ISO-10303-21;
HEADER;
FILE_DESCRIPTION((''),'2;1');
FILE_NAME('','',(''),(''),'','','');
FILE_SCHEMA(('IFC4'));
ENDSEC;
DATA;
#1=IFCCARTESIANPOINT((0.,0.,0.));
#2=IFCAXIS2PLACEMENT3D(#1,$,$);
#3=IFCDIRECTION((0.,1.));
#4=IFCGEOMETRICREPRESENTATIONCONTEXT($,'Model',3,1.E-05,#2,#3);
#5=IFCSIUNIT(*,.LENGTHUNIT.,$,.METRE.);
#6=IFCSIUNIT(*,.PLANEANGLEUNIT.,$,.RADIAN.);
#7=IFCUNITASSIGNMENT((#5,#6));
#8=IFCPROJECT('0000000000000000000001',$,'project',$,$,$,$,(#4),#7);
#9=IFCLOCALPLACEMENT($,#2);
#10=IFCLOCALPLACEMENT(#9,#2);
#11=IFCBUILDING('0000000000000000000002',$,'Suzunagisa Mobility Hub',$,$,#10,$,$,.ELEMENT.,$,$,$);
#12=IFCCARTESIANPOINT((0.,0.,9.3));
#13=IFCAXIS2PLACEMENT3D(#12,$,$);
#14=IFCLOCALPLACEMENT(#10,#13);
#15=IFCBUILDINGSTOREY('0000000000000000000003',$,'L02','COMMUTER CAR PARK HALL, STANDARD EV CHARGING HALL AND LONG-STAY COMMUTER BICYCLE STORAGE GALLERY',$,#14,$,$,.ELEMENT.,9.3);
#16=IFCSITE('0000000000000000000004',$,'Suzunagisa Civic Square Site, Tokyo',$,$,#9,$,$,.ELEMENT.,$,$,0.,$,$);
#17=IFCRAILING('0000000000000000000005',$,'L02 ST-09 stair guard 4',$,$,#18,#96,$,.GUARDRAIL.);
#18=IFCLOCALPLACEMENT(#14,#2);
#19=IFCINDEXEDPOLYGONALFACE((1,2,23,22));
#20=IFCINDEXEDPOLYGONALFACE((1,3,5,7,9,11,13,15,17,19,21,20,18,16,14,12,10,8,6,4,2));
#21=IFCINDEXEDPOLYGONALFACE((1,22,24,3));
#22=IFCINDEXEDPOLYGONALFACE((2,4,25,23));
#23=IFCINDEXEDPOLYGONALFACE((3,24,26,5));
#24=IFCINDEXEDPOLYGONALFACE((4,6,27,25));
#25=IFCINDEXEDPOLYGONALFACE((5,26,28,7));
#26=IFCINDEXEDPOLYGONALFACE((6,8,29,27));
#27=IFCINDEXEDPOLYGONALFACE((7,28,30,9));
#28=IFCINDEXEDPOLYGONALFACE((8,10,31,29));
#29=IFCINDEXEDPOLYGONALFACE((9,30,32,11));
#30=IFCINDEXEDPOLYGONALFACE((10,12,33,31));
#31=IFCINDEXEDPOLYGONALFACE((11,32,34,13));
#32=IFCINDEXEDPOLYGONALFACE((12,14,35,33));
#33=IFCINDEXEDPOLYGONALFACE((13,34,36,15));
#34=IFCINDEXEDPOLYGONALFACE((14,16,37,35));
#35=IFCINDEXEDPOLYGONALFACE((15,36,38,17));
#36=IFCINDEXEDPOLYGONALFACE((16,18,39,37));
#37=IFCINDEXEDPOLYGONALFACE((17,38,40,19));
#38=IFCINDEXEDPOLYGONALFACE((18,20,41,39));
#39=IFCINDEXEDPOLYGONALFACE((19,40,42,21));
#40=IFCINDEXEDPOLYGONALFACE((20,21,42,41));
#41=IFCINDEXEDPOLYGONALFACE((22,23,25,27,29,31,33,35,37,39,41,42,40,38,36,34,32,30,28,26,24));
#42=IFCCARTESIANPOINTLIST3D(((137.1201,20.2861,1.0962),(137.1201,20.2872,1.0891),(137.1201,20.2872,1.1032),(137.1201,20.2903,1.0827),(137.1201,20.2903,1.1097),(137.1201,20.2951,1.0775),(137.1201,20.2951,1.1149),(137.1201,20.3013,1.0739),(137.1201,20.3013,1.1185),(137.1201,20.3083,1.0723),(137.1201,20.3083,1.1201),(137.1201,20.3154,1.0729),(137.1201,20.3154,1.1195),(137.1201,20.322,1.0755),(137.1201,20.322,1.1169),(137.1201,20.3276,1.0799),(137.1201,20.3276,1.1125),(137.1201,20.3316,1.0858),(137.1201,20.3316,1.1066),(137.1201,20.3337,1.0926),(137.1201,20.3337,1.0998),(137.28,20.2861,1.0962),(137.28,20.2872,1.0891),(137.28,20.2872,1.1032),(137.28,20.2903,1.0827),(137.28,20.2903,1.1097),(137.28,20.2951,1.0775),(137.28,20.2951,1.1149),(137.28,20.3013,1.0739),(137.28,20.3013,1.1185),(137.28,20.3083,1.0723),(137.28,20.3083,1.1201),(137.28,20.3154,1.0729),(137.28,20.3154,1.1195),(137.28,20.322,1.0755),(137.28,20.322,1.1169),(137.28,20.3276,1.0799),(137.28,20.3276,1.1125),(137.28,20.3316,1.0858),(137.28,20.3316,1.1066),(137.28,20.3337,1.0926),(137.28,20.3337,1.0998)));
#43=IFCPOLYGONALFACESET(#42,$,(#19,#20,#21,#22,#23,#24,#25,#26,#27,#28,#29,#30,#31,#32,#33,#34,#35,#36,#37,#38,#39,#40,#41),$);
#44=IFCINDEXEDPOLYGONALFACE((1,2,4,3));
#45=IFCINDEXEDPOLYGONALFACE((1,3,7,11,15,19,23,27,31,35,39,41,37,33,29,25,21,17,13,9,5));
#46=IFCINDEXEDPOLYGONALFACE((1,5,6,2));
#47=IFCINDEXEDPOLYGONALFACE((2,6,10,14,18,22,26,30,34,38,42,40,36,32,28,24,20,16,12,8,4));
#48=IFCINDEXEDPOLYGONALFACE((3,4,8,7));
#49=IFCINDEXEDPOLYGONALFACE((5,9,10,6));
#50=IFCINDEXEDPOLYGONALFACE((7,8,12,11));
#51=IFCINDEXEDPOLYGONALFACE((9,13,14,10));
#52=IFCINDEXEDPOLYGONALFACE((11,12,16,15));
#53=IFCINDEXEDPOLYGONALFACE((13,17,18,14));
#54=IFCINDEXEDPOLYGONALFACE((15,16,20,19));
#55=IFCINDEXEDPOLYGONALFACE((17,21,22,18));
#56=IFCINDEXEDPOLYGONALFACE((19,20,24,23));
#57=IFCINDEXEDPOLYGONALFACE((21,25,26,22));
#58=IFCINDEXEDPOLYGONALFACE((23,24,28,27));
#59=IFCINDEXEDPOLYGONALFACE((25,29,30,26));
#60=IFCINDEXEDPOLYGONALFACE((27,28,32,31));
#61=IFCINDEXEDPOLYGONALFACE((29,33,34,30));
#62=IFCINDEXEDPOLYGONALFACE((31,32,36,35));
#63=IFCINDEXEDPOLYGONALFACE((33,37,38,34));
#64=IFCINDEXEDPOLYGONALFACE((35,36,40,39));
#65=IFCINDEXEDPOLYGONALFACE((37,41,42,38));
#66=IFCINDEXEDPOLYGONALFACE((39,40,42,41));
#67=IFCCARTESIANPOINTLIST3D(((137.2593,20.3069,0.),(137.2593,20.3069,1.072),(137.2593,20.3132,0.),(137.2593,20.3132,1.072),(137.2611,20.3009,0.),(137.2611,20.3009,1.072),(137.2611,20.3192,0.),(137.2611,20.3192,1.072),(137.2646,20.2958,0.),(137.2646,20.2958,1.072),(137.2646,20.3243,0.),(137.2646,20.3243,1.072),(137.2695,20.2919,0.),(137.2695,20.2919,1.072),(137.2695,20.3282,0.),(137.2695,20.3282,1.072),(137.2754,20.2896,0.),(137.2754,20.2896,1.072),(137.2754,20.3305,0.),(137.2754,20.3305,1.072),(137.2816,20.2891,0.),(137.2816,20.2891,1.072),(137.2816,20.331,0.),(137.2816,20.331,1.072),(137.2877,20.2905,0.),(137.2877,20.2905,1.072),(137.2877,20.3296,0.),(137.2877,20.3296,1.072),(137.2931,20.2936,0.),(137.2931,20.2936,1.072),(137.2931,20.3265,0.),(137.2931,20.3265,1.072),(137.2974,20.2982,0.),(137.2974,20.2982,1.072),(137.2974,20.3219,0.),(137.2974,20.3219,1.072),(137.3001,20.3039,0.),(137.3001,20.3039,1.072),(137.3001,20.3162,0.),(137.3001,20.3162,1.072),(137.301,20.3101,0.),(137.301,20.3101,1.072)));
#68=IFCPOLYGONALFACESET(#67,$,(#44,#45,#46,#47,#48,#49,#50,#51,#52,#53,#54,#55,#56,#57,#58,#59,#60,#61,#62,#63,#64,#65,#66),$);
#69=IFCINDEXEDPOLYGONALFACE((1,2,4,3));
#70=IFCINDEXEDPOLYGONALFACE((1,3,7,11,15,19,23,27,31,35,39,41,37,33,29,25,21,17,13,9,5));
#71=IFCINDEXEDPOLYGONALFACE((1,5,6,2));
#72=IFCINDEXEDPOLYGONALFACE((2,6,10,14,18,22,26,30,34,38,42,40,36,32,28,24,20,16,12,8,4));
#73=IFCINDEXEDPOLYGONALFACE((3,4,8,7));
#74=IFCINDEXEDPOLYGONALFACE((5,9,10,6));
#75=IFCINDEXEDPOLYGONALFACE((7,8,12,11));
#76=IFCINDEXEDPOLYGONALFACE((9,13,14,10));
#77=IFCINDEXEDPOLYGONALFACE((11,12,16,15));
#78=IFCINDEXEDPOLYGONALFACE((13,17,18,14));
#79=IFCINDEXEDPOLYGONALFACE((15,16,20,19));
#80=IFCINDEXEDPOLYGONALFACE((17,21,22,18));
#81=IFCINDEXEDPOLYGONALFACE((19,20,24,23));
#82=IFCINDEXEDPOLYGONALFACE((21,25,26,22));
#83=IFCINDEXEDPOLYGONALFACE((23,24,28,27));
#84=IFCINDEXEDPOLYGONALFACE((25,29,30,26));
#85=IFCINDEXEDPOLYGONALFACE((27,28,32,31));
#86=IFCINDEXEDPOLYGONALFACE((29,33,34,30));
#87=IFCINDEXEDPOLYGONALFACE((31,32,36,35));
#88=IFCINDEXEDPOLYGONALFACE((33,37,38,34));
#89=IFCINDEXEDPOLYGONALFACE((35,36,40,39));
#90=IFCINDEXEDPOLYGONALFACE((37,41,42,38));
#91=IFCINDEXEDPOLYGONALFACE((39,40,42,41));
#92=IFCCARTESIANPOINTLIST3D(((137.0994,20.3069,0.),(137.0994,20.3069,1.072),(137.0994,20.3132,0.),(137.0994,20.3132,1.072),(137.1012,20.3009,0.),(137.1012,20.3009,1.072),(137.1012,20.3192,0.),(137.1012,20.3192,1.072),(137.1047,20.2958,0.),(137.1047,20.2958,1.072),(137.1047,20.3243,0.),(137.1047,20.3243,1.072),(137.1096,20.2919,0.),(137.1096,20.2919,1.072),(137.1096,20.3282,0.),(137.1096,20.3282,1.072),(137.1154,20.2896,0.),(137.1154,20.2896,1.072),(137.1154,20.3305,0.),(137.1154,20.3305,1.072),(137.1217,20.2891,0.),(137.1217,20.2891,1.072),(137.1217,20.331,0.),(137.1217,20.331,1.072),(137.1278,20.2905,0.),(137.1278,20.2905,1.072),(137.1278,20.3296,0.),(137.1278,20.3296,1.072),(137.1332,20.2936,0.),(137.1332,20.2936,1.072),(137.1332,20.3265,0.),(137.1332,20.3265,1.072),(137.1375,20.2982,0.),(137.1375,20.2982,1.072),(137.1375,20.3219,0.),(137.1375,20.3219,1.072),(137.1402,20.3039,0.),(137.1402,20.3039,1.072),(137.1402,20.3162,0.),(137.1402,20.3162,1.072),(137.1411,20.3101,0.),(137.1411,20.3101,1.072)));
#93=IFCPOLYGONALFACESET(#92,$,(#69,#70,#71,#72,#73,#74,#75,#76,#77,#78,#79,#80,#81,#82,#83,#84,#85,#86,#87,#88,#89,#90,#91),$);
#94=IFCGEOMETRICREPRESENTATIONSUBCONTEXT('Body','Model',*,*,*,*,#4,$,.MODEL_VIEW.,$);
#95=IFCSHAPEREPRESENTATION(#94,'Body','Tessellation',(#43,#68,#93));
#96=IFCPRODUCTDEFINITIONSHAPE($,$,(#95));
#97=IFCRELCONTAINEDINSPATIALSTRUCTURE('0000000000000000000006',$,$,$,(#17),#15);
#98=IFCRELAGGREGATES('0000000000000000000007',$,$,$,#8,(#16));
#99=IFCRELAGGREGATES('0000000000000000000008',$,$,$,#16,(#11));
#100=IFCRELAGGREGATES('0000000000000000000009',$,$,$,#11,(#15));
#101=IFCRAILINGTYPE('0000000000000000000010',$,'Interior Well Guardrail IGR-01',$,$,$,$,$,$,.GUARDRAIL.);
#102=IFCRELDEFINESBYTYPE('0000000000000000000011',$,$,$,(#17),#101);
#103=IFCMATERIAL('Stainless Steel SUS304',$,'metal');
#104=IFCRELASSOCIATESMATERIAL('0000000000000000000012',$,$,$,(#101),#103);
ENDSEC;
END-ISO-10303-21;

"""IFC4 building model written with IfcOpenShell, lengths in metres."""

from ifc_helpers import new_model, si_unit, direction, frame, origin, origin_2d, place, context, subcontext, project, spatial, circle, extrude, material, type_object, element, save


model = new_model("IFC4")

# Units and contexts
model_context = context("Model", 3, precision=1e-05, world=origin(), true_north=direction((0.0, 1.0)))
body_context = subcontext(model_context, "Body", "Model", "MODEL_VIEW")
ifc_project = project(units=[si_unit("LENGTHUNIT", "METRE"), si_unit("PLANEANGLEUNIT", "RADIAN")], contexts=[model_context])

# Site, building, storey
site_placement = place(None, origin())
site = spatial("IfcSite", under=ifc_project, at=site_placement, Name="Suzunagisa Civic Square Site, Tokyo", CompositionType="ELEMENT", RefElevation=0.0)
building_placement = place(site_placement, origin())
building = spatial("IfcBuilding", under=site, at=building_placement, Name="Suzunagisa Mobility Hub", CompositionType="ELEMENT")
storey_placement = place(building_placement, frame((0.0, 0.0, 9.3)))
storey = spatial("IfcBuildingStorey", under=building, at=storey_placement, Name="L02", Description="COMMUTER CAR PARK HALL, STANDARD EV CHARGING HALL AND LONG-STAY COMMUTER BICYCLE STORAGE GALLERY", CompositionType="ELEMENT", Elevation=9.3)

# Railing
ifc_material_1 = material(Name="Stainless Steel SUS304", Category="metal")
railing_type_1 = type_object("IfcRailingType", Name="Interior Well Guardrail IGR-01", PredefinedType="GUARDRAIL", material=ifc_material_1)
railing_1_placement = place(storey_placement, frame((137.28, 20.3101, 0.0)))
element("IfcRailing", 1, at=railing_1_placement, inside=storey, type_object=railing_type_1, Name="L02 ST-09 stair guard 4", PredefinedType="GUARDRAIL", context=body_context, shape_type="SweptSolid", body=[
    extrude(circle(Radius=0.0239, at=origin_2d()), frame((0.0, 0.0, 1.0962), z_axis=(-1.0, 0.0, 0.0), x_axis=(0.0, -1.0, 0.0)), (0.0, 0.0, 1.0), 0.1599),
    extrude(circle(Radius=0.021, at=origin_2d()), origin(), (0.0, 0.0, 1.0), 1.072),
    extrude(circle(Radius=0.021, at=origin_2d()), frame((-0.1599, 0.0, 0.0)), (0.0, 0.0, 1.0), 1.072),
])

save(model, "model.ifc")
